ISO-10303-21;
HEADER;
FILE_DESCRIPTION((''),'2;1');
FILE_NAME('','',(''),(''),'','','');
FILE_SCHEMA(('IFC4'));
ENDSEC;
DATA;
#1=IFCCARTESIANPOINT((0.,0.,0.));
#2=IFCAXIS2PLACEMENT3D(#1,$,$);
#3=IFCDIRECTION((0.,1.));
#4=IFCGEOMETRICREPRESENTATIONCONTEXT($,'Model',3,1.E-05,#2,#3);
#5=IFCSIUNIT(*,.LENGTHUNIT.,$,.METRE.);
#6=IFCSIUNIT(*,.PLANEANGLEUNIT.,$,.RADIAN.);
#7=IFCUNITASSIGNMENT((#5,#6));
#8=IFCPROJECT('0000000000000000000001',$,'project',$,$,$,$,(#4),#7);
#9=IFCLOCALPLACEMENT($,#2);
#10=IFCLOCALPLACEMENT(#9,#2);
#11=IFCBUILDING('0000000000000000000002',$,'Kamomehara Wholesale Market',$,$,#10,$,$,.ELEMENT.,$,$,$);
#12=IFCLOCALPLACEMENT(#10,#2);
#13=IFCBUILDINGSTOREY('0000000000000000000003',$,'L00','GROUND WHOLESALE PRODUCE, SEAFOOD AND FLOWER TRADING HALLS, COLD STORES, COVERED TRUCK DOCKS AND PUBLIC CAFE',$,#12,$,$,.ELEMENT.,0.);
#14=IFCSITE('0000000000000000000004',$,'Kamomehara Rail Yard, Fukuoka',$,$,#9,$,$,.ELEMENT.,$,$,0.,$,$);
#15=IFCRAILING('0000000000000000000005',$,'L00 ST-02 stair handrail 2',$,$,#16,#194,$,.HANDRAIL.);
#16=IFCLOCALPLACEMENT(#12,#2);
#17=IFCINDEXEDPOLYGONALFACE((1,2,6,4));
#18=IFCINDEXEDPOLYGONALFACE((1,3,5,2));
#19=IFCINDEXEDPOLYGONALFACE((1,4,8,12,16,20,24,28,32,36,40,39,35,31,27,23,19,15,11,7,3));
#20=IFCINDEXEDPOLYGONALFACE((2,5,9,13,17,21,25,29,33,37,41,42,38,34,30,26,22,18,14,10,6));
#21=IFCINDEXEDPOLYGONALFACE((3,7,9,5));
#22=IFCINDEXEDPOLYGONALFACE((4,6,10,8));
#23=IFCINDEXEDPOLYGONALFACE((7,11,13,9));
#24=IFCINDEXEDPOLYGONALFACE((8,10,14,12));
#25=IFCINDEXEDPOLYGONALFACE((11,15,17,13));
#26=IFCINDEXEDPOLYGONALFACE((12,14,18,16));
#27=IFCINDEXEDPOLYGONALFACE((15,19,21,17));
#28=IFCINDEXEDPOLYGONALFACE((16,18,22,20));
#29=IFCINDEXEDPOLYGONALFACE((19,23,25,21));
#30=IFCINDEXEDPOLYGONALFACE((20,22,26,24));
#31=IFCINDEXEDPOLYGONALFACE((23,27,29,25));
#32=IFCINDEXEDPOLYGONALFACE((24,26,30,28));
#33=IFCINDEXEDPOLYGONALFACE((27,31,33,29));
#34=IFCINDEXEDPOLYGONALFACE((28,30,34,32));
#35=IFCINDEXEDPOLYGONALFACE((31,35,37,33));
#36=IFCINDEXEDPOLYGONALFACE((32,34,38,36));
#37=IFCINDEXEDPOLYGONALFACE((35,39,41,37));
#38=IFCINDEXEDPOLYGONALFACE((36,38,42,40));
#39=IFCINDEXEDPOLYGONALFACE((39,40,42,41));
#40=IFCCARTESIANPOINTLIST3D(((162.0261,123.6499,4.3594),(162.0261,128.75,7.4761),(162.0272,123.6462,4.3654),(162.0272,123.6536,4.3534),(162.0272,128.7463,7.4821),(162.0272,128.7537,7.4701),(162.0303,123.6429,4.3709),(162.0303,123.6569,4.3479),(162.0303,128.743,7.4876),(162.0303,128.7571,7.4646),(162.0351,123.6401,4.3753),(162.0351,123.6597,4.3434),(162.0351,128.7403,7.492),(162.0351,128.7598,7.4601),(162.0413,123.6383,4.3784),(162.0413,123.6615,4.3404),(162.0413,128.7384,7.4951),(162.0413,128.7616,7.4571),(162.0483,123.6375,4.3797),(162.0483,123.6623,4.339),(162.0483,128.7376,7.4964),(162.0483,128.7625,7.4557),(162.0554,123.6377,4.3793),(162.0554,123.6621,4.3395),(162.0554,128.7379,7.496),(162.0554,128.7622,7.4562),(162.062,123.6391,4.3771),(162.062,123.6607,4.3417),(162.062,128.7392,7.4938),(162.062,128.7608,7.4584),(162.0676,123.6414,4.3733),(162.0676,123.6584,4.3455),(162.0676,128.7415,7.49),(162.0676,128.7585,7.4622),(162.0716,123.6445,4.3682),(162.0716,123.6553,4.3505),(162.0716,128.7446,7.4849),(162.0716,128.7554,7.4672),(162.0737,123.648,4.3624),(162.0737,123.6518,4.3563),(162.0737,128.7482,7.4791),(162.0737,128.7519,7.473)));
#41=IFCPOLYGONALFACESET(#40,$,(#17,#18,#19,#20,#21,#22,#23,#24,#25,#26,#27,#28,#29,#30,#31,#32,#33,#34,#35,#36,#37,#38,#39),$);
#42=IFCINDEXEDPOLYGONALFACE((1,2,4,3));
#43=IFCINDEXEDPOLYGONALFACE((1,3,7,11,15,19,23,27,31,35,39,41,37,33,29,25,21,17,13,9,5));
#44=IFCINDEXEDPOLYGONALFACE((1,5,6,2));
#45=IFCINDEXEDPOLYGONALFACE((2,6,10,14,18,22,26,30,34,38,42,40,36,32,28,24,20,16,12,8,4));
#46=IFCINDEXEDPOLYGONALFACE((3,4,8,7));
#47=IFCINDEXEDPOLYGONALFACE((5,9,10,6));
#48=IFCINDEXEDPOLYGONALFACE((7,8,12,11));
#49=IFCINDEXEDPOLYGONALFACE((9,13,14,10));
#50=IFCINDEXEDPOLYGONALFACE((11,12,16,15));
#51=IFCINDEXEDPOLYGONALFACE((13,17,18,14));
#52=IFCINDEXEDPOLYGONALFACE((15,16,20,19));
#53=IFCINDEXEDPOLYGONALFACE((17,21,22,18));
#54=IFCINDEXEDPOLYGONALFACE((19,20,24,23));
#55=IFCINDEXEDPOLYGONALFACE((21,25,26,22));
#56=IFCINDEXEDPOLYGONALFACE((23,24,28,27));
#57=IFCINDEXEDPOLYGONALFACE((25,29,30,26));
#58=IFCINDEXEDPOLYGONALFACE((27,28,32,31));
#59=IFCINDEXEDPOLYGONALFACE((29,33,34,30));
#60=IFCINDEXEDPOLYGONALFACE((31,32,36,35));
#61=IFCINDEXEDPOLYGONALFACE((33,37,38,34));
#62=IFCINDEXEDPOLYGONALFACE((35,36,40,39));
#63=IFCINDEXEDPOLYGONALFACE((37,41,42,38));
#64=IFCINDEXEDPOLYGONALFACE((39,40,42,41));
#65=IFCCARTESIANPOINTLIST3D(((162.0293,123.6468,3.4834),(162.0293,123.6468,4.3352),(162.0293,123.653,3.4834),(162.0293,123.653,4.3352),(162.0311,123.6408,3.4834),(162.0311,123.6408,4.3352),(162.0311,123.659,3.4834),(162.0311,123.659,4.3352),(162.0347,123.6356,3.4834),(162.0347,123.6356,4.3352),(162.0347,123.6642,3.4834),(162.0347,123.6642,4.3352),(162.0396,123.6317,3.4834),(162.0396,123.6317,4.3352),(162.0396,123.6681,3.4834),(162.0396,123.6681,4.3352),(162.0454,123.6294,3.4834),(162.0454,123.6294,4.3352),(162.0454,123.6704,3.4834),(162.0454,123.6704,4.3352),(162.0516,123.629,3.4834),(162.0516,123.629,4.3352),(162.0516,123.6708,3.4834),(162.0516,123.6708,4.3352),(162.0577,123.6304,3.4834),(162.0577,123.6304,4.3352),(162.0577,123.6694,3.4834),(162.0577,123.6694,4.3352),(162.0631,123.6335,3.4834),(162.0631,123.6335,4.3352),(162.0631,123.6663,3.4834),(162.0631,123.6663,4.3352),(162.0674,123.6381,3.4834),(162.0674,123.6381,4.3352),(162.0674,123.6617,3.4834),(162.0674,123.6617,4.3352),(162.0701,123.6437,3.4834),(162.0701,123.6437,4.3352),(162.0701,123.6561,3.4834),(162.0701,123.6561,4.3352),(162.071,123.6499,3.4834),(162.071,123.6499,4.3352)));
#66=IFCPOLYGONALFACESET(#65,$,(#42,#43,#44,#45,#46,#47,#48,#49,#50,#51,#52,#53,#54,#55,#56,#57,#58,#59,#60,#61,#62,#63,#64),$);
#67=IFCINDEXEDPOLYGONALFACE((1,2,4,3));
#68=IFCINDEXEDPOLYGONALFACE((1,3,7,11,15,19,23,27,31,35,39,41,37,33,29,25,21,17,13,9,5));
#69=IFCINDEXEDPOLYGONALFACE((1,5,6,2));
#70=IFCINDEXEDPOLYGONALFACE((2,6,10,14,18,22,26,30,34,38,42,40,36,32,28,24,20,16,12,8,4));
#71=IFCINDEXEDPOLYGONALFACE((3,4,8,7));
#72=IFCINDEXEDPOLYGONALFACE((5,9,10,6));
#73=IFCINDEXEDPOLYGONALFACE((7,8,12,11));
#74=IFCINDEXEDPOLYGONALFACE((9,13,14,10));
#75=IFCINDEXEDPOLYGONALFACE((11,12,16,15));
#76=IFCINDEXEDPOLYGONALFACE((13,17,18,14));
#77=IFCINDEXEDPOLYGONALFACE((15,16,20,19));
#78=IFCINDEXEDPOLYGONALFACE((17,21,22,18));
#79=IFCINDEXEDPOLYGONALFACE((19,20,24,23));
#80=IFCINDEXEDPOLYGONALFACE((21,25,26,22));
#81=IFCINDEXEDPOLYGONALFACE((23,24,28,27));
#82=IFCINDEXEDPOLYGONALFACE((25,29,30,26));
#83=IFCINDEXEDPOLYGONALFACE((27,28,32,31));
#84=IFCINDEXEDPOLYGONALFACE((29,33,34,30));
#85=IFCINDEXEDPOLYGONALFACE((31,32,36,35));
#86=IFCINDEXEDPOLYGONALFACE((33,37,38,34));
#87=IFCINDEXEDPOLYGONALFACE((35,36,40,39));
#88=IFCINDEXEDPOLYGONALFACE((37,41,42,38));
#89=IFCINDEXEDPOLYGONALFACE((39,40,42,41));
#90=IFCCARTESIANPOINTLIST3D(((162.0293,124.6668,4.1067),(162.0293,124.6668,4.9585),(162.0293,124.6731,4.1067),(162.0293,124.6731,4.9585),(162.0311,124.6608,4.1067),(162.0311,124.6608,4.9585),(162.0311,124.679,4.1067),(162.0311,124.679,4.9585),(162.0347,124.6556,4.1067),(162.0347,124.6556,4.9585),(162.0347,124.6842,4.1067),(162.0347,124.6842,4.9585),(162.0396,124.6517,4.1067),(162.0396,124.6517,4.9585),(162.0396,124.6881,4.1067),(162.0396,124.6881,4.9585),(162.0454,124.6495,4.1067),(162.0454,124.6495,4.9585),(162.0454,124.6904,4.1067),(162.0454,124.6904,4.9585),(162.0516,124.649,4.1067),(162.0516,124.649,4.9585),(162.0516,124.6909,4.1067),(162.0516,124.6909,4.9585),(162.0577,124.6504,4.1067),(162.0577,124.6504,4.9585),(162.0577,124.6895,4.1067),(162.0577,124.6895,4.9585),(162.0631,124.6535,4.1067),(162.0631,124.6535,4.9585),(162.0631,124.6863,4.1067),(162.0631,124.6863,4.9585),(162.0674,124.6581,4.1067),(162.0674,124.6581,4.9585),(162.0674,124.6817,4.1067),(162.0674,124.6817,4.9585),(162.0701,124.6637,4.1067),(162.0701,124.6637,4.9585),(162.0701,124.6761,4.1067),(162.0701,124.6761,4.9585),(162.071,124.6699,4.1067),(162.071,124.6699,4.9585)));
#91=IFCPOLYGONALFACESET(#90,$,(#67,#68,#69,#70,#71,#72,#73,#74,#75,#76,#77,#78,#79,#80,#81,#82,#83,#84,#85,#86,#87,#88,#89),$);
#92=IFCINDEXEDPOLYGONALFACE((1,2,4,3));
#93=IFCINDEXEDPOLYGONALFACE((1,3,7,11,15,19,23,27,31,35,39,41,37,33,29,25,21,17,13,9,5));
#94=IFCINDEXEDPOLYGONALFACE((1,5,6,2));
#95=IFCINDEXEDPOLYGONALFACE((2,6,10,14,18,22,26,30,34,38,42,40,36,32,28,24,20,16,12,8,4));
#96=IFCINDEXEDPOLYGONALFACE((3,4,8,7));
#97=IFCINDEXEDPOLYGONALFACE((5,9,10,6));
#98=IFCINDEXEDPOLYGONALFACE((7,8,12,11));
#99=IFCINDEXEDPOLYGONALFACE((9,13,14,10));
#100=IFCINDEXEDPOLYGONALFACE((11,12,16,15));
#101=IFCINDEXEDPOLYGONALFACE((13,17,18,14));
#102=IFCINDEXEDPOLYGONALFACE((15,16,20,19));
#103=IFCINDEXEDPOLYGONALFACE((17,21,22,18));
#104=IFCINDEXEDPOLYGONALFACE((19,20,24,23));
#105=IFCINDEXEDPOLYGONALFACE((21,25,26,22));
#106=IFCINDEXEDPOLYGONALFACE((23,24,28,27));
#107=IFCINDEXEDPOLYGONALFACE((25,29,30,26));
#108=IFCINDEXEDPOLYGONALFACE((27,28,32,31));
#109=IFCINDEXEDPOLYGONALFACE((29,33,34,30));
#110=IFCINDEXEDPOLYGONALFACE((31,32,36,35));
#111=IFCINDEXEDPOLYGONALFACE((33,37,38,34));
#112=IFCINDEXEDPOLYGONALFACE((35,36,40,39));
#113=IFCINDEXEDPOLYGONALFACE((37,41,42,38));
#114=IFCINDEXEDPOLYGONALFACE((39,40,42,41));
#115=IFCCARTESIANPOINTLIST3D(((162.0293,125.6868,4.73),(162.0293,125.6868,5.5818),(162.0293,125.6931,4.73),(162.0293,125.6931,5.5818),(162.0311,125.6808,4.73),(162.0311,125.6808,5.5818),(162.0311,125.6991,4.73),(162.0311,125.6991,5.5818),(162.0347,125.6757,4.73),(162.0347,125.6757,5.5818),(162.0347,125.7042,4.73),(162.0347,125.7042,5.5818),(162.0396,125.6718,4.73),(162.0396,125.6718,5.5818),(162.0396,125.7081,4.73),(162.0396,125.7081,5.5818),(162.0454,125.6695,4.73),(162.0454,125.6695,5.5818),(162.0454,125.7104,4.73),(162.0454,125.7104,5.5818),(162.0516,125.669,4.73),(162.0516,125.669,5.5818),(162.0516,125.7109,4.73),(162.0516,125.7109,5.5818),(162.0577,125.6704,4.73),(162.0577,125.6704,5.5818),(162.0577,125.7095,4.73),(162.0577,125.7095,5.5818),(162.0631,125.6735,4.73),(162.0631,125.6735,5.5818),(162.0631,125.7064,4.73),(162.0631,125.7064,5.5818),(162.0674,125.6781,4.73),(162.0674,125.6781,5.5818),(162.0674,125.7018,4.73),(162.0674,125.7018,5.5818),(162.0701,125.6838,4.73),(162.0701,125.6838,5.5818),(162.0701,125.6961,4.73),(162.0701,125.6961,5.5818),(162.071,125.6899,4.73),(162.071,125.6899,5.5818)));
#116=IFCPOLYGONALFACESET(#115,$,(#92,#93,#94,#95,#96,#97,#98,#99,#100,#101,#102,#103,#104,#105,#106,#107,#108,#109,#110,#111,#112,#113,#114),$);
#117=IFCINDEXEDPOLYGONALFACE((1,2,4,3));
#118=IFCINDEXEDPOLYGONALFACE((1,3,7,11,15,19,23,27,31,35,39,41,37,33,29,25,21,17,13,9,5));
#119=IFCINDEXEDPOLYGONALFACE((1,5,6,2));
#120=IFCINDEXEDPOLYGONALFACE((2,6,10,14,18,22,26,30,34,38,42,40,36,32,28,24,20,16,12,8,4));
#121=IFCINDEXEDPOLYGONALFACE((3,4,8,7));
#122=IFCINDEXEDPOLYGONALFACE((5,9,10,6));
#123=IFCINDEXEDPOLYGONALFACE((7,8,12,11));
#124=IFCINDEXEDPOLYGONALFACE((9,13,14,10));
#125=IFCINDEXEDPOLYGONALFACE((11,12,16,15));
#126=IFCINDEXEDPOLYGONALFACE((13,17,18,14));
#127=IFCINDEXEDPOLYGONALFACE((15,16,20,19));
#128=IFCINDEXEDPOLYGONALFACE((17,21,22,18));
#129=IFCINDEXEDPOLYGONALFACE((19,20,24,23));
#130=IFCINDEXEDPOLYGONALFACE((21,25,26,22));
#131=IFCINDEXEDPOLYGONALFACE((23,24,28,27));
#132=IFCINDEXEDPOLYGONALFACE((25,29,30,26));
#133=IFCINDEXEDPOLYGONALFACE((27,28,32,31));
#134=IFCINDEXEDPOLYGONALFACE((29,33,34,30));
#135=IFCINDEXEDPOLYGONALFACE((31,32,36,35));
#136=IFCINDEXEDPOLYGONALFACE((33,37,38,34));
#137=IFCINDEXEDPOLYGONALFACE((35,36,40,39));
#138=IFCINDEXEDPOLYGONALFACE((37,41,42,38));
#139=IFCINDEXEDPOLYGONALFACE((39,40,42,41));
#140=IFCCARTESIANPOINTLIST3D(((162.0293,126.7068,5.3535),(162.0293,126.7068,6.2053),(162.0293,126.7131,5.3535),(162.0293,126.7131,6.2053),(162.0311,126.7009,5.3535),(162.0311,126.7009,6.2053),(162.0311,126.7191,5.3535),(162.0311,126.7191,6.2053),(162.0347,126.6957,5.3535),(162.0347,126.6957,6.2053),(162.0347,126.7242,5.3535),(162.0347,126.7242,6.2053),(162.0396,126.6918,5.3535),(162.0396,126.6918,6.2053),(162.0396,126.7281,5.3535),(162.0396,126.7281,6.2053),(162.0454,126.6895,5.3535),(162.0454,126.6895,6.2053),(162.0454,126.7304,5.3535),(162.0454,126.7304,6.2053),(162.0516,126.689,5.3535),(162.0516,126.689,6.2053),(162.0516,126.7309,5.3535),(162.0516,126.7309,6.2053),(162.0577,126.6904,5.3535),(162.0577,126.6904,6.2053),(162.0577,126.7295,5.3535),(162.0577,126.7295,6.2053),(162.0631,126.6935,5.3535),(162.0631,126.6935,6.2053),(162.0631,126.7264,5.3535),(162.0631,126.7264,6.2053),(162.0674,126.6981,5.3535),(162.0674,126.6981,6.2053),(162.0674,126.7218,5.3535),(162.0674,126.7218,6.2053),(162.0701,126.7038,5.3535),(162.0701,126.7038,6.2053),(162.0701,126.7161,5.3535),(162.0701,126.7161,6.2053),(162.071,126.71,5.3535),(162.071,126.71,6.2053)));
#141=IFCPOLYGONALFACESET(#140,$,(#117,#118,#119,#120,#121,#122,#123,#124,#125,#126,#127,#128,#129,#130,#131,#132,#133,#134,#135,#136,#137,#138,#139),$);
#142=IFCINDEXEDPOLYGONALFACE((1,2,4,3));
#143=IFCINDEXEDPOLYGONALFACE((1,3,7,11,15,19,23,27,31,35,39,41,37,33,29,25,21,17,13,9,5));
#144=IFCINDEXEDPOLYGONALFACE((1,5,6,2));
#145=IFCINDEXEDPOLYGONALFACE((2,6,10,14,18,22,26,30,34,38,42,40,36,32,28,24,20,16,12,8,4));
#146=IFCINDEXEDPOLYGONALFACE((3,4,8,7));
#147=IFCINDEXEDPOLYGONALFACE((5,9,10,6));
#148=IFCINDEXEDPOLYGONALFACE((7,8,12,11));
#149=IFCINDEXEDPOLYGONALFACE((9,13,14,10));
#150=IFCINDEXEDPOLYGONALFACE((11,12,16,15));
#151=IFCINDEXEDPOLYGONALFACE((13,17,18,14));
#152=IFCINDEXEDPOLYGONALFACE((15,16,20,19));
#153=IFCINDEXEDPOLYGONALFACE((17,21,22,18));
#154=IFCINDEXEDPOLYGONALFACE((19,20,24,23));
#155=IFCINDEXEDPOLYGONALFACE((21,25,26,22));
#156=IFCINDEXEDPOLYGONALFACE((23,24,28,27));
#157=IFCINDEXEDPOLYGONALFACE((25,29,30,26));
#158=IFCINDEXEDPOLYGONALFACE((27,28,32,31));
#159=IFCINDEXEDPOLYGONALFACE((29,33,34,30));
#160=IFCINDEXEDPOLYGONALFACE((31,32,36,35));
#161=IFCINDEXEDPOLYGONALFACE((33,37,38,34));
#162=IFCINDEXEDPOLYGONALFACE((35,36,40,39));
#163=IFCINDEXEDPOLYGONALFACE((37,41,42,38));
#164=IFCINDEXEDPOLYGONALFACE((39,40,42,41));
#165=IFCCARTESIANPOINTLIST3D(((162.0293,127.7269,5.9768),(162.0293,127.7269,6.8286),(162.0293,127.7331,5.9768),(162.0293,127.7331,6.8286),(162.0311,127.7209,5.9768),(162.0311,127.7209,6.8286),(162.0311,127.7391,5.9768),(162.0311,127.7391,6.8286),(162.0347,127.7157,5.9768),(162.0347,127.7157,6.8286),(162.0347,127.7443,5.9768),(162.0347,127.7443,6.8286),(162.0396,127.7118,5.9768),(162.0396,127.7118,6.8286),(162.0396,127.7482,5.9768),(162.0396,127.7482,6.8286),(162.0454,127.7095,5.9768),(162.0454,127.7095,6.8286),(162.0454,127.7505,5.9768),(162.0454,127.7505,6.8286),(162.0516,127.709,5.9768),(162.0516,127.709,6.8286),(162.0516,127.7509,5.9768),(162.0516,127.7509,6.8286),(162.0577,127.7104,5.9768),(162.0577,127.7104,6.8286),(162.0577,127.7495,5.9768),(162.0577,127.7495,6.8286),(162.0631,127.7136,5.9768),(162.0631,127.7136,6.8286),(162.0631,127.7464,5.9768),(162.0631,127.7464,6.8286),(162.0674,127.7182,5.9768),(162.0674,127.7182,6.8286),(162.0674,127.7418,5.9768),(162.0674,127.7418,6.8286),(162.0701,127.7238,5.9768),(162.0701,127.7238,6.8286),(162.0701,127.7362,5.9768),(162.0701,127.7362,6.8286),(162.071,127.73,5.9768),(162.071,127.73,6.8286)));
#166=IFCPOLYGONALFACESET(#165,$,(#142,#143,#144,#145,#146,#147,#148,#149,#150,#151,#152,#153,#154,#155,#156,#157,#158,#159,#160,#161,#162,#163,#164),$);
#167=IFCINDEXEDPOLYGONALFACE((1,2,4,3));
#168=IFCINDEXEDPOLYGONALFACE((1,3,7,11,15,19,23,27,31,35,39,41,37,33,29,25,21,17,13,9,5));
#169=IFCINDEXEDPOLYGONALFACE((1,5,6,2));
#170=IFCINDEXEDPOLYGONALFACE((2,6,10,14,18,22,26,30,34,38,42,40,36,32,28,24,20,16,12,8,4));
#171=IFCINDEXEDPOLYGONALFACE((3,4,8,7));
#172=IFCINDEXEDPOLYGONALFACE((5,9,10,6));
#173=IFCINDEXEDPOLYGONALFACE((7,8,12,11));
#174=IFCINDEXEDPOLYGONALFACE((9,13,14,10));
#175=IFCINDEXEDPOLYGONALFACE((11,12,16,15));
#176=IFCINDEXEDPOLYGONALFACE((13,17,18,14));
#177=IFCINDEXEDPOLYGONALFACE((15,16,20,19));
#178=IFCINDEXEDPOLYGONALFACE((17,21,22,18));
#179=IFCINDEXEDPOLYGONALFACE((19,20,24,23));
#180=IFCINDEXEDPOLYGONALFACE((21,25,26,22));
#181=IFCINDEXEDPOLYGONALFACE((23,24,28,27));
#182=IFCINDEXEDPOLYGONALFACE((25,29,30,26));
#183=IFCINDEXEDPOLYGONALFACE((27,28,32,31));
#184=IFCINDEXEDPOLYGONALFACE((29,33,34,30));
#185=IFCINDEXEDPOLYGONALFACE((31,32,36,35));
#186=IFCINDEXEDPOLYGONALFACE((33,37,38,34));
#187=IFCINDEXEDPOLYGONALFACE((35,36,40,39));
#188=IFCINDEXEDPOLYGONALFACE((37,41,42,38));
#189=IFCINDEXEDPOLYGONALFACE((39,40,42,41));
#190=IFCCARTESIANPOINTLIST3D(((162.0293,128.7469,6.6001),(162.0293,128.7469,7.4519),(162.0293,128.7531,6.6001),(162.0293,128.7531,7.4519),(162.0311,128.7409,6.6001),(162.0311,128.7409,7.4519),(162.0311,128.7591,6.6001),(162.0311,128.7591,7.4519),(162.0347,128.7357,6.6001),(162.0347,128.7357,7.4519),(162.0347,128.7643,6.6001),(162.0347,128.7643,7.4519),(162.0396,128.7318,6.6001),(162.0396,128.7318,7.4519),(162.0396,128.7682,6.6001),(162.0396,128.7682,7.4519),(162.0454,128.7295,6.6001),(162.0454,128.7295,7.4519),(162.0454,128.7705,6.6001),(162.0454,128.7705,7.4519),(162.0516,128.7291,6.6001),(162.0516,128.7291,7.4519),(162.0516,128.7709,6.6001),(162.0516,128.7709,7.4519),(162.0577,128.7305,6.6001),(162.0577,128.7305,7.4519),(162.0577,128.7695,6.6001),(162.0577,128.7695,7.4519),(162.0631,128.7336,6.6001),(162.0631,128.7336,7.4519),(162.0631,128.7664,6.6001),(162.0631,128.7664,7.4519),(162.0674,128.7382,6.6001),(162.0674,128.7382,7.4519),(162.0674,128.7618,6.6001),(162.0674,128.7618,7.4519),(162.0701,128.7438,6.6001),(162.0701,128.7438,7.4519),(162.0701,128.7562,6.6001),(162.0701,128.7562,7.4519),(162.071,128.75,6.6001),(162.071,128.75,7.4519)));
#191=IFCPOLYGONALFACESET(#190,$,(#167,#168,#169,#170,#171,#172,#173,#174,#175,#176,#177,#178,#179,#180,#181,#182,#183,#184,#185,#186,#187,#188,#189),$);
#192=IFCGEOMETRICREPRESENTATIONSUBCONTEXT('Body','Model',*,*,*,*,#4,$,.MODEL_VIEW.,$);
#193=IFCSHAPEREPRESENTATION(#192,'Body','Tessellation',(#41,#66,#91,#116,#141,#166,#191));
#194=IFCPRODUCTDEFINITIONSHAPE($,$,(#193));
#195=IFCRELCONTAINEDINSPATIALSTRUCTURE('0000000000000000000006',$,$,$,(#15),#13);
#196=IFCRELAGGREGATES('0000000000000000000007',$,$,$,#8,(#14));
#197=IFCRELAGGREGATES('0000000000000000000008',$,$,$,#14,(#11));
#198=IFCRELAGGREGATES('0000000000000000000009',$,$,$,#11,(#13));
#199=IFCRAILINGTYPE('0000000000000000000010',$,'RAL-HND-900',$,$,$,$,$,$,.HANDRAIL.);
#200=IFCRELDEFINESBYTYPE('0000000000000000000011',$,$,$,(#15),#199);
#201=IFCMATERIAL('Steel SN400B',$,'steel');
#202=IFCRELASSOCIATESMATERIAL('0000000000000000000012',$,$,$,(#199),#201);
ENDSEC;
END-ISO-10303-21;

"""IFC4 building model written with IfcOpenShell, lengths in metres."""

from ifc_helpers import new_model, si_unit, direction, frame, origin, origin_2d, place, context, subcontext, project, spatial, circle, extrude, material, type_object, element, save


model = new_model("IFC4")

# Units and contexts
model_context = context("Model", 3, precision=1e-05, world=origin(), true_north=direction((0.0, 1.0)))
body_context = subcontext(model_context, "Body", "Model", "MODEL_VIEW")
ifc_project = project(units=[si_unit("LENGTHUNIT", "METRE"), si_unit("PLANEANGLEUNIT", "RADIAN")], contexts=[model_context])

# Site, building, storey
site_placement = place(None, origin())
site = spatial("IfcSite", under=ifc_project, at=site_placement, Name="Kamomehara Rail Yard, Fukuoka", CompositionType="ELEMENT", RefElevation=0.0)
building_placement = place(site_placement, origin())
building = spatial("IfcBuilding", under=site, at=building_placement, Name="Kamomehara Wholesale Market", CompositionType="ELEMENT")
storey_placement = place(building_placement, origin())
storey = spatial("IfcBuildingStorey", under=building, at=storey_placement, Name="L00", Description="GROUND WHOLESALE PRODUCE, SEAFOOD AND FLOWER TRADING HALLS, COLD STORES, COVERED TRUCK DOCKS AND PUBLIC CAFE", CompositionType="ELEMENT", Elevation=0.0)

# Railing
ifc_material_1 = material(Name="Steel SN400B", Category="steel")
railing_type_1 = type_object("IfcRailingType", Name="RAL-HND-900", PredefinedType="HANDRAIL", material=ifc_material_1)
railing_1_placement = place(storey_placement, frame((162.05, 123.6499, 3.4834)))
element("IfcRailing", 1, at=railing_1_placement, inside=storey, type_object=railing_type_1, Name="L00 ST-02 stair handrail 2", PredefinedType="HANDRAIL", context=body_context, shape_type="SweptSolid", body=[
    extrude(circle(Radius=0.0239, at=origin_2d()), frame((0.0, 0.0, 0.876), z_axis=(0.0, 0.853284, 0.521447), x_axis=(-1.0, 0.0, 0.0)), (0.0, 0.0, 1.0), 5.9771),
    extrude(circle(Radius=0.021, at=origin_2d()), origin(), (0.0, 0.0, 1.0), 0.8518),
    extrude(circle(Radius=0.021, at=origin_2d()), frame((0.0, 1.02, 0.6233)), (0.0, 0.0, 1.0), 0.8518),
    extrude(circle(Radius=0.021, at=origin_2d()), frame((0.0, 2.04, 1.2466)), (0.0, 0.0, 1.0), 0.8518),
    extrude(circle(Radius=0.021, at=origin_2d()), frame((0.0, 3.0601, 1.8701)), (0.0, 0.0, 1.0), 0.8518),
    extrude(circle(Radius=0.021, at=origin_2d()), frame((0.0, 4.0801, 2.4934)), (0.0, 0.0, 1.0), 0.8518),
    extrude(circle(Radius=0.021, at=origin_2d()), frame((0.0, 5.1001, 3.1167)), (0.0, 0.0, 1.0), 0.8518),
])

save(model, "model.ifc")
